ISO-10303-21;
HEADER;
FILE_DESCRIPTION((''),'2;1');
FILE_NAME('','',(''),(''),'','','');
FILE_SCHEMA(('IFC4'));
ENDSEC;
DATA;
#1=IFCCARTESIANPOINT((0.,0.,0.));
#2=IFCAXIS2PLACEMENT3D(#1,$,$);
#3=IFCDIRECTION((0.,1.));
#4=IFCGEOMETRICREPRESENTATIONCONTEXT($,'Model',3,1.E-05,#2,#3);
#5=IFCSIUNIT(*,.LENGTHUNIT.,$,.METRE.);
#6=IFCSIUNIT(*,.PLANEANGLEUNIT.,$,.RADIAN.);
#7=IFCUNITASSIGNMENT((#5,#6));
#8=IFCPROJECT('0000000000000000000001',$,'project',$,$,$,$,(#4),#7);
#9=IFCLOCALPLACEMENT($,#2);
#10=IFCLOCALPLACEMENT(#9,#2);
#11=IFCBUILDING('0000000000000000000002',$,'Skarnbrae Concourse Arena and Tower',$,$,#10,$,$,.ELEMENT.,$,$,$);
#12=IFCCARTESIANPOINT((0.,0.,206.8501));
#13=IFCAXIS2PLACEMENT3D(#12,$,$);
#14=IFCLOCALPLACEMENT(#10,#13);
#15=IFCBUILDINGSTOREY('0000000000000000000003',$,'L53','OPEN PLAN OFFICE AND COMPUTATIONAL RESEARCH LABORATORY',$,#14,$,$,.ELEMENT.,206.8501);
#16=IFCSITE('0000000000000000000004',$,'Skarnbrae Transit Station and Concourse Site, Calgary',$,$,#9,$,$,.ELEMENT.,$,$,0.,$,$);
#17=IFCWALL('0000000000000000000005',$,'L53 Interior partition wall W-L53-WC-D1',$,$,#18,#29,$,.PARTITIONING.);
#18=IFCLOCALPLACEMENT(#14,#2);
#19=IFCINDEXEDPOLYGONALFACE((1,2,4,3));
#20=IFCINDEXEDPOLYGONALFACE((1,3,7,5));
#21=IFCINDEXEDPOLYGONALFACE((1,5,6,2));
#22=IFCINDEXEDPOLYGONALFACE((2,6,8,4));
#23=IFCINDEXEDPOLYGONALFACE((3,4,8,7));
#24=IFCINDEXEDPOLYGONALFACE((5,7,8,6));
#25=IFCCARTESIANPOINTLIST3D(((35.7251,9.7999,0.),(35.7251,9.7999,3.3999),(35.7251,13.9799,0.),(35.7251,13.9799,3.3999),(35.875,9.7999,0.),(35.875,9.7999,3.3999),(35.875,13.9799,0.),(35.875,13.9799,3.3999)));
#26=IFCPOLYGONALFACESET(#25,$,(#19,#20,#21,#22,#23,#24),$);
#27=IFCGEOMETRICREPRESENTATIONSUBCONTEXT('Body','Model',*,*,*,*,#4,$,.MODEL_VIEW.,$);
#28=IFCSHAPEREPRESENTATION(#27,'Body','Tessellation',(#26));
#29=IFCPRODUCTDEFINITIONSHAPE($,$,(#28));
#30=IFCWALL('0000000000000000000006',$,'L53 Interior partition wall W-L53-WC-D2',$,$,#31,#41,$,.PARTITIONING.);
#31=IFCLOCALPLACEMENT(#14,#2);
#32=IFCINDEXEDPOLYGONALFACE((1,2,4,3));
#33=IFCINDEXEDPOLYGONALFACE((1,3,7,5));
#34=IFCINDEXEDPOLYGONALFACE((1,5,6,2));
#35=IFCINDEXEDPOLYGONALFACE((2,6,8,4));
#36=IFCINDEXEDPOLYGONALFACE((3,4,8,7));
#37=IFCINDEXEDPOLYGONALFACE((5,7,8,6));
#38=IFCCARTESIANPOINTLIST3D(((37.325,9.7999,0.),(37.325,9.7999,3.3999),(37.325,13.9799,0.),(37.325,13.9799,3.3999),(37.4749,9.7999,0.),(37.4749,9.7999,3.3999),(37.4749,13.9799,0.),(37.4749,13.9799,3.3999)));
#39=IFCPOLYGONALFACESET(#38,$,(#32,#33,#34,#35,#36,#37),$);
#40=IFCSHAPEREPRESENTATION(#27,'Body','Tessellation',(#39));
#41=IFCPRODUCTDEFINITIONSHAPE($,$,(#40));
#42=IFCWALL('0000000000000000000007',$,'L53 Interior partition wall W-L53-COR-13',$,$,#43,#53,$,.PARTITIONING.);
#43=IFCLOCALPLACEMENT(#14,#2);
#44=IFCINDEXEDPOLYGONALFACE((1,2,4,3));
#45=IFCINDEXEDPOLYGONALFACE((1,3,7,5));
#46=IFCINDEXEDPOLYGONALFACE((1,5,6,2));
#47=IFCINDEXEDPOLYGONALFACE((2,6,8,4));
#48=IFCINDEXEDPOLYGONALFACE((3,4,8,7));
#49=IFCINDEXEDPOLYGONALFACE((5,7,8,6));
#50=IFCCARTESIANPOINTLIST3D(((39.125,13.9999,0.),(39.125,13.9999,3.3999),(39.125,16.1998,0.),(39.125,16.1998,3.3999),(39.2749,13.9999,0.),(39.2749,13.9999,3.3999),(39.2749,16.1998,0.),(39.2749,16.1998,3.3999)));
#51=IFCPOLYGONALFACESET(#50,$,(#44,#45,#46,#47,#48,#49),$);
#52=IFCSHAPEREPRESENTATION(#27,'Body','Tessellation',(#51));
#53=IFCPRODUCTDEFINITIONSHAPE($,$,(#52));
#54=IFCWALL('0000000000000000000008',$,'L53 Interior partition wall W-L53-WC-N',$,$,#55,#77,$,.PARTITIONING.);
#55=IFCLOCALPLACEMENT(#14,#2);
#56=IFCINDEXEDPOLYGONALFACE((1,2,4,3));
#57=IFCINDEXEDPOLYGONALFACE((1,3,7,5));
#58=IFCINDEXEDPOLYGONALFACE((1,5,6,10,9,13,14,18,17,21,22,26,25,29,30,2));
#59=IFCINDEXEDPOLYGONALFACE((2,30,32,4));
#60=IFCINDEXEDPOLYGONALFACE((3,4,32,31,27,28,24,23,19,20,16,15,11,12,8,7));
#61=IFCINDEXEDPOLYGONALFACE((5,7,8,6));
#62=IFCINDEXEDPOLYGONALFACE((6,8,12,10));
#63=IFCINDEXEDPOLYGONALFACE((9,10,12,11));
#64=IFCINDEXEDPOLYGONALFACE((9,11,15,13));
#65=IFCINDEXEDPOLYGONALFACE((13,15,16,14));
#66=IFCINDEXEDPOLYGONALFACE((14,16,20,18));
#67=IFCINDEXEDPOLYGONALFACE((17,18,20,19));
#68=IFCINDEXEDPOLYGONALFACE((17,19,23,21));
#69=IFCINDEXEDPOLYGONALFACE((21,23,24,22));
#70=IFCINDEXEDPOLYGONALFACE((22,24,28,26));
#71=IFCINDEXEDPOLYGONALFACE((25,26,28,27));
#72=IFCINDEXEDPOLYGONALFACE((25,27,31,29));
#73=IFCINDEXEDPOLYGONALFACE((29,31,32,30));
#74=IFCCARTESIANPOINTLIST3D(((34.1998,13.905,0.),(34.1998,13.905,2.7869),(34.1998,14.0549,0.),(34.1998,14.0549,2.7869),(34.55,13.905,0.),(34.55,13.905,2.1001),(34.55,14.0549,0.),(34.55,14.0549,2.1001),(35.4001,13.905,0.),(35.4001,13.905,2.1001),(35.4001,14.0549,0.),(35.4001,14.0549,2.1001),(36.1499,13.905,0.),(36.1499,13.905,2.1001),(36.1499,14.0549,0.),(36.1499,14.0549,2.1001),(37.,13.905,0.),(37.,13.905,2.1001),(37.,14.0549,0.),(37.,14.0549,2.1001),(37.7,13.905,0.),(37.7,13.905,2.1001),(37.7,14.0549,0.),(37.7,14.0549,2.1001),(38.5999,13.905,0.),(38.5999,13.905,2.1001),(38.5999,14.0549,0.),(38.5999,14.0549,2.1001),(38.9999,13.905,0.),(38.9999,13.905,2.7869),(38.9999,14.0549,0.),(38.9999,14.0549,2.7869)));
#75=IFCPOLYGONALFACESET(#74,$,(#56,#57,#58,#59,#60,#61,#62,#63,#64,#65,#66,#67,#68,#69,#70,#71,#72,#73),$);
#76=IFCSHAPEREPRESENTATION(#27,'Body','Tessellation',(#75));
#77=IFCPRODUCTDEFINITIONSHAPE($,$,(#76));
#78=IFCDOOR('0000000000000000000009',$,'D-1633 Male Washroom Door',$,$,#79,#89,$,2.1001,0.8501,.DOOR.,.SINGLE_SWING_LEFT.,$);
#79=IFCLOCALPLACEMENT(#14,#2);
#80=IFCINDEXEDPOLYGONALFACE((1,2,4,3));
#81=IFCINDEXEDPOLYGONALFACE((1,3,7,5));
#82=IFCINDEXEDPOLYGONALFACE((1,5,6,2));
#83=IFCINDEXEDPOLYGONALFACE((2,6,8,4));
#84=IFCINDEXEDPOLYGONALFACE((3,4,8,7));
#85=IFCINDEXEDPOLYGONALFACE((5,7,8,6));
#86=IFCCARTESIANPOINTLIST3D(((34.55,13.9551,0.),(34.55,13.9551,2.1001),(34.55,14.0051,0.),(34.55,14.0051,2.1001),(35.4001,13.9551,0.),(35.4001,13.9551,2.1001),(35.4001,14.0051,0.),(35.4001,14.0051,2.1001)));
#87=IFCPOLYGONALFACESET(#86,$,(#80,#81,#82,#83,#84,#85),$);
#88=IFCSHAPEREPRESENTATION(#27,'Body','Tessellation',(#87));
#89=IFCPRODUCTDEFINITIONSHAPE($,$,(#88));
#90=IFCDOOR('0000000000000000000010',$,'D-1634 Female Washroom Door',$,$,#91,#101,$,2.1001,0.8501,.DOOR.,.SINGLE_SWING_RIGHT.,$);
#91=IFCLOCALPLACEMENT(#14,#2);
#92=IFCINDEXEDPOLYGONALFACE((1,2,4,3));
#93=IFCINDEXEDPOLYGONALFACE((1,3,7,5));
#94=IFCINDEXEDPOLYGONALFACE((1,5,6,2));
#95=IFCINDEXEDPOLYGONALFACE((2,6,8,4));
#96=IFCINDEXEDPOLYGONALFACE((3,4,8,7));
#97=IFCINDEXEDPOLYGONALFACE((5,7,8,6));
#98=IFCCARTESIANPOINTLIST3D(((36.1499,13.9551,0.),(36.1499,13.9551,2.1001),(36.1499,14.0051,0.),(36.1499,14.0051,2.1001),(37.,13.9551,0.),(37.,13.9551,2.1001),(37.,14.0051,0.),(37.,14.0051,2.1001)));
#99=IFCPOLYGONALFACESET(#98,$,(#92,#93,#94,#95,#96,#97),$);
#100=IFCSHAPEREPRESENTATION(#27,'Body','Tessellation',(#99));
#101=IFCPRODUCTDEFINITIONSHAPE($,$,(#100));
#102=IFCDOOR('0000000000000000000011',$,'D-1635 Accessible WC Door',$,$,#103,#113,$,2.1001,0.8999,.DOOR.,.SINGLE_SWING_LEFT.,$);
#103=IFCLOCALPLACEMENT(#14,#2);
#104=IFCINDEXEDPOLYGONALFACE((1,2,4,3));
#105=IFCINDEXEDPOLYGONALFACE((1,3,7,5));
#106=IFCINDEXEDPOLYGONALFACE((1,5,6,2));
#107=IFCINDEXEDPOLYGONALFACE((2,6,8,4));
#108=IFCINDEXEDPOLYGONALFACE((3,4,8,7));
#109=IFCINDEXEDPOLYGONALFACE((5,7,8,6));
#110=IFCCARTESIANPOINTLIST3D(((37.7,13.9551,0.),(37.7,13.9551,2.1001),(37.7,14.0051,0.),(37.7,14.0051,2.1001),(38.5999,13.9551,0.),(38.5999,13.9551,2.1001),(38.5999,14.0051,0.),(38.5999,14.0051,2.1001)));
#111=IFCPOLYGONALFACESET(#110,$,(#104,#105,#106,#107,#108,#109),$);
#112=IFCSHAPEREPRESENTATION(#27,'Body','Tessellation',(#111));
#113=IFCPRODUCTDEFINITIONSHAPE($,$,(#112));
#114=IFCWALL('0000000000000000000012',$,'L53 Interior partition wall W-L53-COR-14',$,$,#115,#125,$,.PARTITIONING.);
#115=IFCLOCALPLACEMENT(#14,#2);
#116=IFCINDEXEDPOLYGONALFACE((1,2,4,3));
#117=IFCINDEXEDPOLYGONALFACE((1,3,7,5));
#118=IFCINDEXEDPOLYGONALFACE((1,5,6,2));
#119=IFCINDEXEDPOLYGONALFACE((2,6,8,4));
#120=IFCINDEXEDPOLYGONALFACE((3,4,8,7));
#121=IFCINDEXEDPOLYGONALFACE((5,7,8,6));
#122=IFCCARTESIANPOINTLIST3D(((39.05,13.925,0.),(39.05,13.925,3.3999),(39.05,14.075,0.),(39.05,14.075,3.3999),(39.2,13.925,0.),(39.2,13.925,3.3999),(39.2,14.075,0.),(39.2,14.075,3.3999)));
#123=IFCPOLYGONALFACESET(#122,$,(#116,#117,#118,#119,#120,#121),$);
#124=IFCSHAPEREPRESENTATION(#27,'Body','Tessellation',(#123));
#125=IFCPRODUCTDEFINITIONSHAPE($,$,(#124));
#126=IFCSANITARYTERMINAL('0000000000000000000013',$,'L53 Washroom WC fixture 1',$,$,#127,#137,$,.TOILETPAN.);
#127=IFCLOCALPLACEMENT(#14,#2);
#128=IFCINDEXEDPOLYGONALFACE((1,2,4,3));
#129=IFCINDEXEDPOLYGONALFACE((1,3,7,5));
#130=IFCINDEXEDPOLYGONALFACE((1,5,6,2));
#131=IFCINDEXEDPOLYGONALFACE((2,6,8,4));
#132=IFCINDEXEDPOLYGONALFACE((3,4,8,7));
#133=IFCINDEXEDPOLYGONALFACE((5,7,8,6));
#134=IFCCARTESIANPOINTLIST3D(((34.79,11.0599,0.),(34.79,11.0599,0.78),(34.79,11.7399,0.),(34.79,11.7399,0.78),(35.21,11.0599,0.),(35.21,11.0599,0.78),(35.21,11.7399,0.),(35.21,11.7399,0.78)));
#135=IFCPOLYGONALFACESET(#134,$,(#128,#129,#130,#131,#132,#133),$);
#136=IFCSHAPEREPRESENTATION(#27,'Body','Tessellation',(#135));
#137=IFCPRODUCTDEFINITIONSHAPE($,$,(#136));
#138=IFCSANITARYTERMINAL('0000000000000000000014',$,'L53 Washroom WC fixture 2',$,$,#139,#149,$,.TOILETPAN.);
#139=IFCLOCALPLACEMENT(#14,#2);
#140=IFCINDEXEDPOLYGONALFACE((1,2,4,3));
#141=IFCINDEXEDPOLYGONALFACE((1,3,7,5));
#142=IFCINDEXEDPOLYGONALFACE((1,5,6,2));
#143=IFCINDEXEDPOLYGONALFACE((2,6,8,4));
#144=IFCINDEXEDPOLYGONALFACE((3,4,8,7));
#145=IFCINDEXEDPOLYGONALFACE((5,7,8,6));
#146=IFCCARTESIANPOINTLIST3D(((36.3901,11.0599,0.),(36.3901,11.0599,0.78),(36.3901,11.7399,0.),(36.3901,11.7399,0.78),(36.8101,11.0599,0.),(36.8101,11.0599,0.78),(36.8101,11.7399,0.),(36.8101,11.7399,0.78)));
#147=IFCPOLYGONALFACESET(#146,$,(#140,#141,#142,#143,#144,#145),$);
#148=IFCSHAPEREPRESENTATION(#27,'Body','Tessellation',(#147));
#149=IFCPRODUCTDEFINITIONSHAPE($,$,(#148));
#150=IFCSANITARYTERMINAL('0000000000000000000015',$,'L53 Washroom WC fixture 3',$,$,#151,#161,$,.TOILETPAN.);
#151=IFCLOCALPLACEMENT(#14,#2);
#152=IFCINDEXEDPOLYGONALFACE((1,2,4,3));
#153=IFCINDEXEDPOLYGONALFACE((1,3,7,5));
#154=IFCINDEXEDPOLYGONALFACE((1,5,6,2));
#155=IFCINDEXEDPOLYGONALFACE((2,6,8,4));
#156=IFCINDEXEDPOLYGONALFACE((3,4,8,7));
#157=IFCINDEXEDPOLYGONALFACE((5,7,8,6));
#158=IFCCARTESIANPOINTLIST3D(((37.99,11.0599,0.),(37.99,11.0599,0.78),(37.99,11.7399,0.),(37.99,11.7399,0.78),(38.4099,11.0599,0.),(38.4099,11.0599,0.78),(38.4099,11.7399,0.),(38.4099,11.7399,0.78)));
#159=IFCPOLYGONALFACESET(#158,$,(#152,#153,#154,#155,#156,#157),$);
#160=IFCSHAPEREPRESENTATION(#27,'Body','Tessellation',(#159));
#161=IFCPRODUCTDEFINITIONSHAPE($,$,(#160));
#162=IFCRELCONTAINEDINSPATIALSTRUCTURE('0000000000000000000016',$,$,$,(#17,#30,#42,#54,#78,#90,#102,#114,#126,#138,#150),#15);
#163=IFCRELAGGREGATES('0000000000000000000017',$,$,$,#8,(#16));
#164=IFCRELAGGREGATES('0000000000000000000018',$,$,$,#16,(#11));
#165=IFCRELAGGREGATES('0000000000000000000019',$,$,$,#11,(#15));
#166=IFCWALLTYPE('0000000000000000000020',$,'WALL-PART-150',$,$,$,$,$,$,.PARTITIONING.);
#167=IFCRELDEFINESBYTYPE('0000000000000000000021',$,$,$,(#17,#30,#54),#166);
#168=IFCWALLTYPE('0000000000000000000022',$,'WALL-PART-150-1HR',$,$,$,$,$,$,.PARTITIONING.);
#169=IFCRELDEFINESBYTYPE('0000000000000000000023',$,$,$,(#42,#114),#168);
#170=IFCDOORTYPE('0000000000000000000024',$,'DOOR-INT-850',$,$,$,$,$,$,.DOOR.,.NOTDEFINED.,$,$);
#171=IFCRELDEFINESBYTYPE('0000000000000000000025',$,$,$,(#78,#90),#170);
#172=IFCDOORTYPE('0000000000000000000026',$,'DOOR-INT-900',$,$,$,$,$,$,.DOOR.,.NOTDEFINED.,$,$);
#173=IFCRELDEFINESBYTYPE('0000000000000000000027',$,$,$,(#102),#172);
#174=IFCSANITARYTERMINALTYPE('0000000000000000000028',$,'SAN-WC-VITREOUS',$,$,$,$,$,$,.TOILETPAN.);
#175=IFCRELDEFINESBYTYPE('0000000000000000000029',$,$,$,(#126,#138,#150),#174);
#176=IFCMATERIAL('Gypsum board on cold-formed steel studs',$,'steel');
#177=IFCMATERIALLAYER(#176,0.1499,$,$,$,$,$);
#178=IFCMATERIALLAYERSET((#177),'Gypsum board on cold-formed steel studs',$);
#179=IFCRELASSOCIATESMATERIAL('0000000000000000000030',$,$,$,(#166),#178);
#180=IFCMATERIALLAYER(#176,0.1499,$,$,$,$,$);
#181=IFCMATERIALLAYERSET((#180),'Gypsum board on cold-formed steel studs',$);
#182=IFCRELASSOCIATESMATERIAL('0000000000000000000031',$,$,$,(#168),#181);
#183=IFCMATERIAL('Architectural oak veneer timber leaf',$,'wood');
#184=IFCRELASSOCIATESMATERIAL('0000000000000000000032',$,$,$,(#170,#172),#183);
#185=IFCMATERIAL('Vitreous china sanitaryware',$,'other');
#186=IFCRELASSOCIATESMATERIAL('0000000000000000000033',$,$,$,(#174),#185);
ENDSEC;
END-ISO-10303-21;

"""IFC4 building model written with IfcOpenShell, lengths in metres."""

from ifc_helpers import new_model, si_unit, direction, frame, frame_2d, origin, origin_2d, place, context, subcontext, project, spatial, rectangle, extrude, source, transform, mapped, material, layer, layer_set, type_object, element, fill, save


model = new_model("IFC4")

# Units and contexts
model_context = context("Model", 3, precision=1e-05, world=origin(), true_north=direction((0.0, 1.0)))
body_context = subcontext(model_context, "Body", "Model", "MODEL_VIEW")
ifc_project = project(units=[si_unit("LENGTHUNIT", "METRE"), si_unit("PLANEANGLEUNIT", "RADIAN")], contexts=[model_context])

# Site, building, storey
site_placement = place(None, origin())
site = spatial("IfcSite", under=ifc_project, at=site_placement, Name="Skarnbrae Transit Station and Concourse Site, Calgary", CompositionType="ELEMENT", RefElevation=0.0)
building_placement = place(site_placement, origin())
building = spatial("IfcBuilding", under=site, at=building_placement, Name="Skarnbrae Concourse Arena and Tower", CompositionType="ELEMENT")
storey_placement = place(building_placement, frame((0.0, 0.0, 206.8501)))
storey = spatial("IfcBuildingStorey", under=building, at=storey_placement, Name="L53", Description="OPEN PLAN OFFICE AND COMPUTATIONAL RESEARCH LABORATORY", CompositionType="ELEMENT", Elevation=206.8501)

# Walls
ifc_material_1 = material(Name="Gypsum board on cold-formed steel studs", Category="steel")
ifc_layer_1 = layer(ifc_material_1, 0.1499)
ifc_layer_set_1 = layer_set([ifc_layer_1], Name="Gypsum board on cold-formed steel studs")
wall_type_1 = type_object("IfcWallType", Name="WALL-PART-150", PredefinedType="PARTITIONING", material=ifc_layer_set_1)
shared_shape_1 = source(origin(), body_context, "Body", "SweptSolid", [
    extrude(rectangle(XDim=4.1799, YDim=0.1499, at=frame_2d((2.0898, 0.0))), origin(), (0.0, 0.0, 1.0), 3.3999),
])
for number, where, z_axis, x_axis, name in (
    (1, (35.8, 9.8, 0.0), (0.0, 0.0, 1.0), (0.0, 1.0, 0.0), "L53 Interior partition wall W-L53-WC-D1"),
    (2, (37.3999, 9.8, 0.0), (0.0, 0.0, 1.0), (0.0, 1.0, 0.0), "L53 Interior partition wall W-L53-WC-D2"),
):
    element("IfcWall", number, at=place(storey_placement, frame(where, z_axis=z_axis, x_axis=x_axis)), inside=storey, type_object=wall_type_1, Name=name, PredefinedType="PARTITIONING", context=body_context, shape_type="MappedRepresentation", body=[
        mapped(shared_shape_1, transform((0.0, 0.0, 0.0))),
    ])
ifc_layer_2 = layer(ifc_material_1, 0.1499)
ifc_layer_set_2 = layer_set([ifc_layer_2], Name="Gypsum board on cold-formed steel studs")
wall_type_2 = type_object("IfcWallType", Name="WALL-PART-150-1HR", PredefinedType="PARTITIONING", material=ifc_layer_set_2)
shared_shape_2 = source(origin(), body_context, "Body", "SweptSolid", [
    extrude(rectangle(XDim=2.2, YDim=0.1499, at=frame_2d((1.1001, 0.0))), origin(), (0.0, 0.0, 1.0), 3.3999),
])
wall_1_placement = place(storey_placement, frame((39.2, 16.2, 0.0), z_axis=(0.0, 0.0, 1.0), x_axis=(0.0, -1.0, 0.0)))
element("IfcWall", 3, at=wall_1_placement, inside=storey, type_object=wall_type_2, Name="L53 Interior partition wall W-L53-COR-13", PredefinedType="PARTITIONING", context=body_context, shape_type="MappedRepresentation", body=[
    mapped(shared_shape_2, transform((0.0, 0.0, 0.0))),
])

# Wall, openings, doors
shared_shape_3 = source(origin(), body_context, "Body", "SweptSolid", [
    extrude(rectangle(XDim=4.8, YDim=0.1499, at=frame_2d((2.3999, 0.0))), origin(), (0.0, 0.0, 1.0), 2.7869),
])
wall_2_placement = place(storey_placement, frame((34.2, 13.98, 0.0), z_axis=(0.0, 0.0, 1.0), x_axis=(1.0, 0.0, 0.0)))
wall_2 = element("IfcWall", 4, at=wall_2_placement, inside=storey, type_object=wall_type_1, Name="L53 Interior partition wall W-L53-WC-N", PredefinedType="PARTITIONING", context=body_context, shape_type="MappedRepresentation", body=[
    mapped(shared_shape_3, transform((0.0, 0.0, 0.0))),
])
opening_1_placement = place(wall_2_placement, frame((0.3501, 0.0, 0.0)))
opening_1 = element("IfcOpeningElement", 5, at=opening_1_placement, cuts=wall_2, PredefinedType="OPENING", context=body_context, shape_type="SweptSolid", body=[
    extrude(rectangle(XDim=0.8501, YDim=2.1001, at=frame_2d((0.425, 1.05))), frame((0.0, 0.085, 0.0), z_axis=(0.0, -1.0, 0.0), x_axis=(1.0, 0.0, 0.0)), (0.0, 0.0, 1.0), 0.1699),
])
opening_2_placement = place(wall_2_placement, frame((1.95, 0.0, 0.0)))
opening_2 = element("IfcOpeningElement", 6, at=opening_2_placement, cuts=wall_2, PredefinedType="OPENING", context=body_context, shape_type="SweptSolid", body=[
    extrude(rectangle(XDim=0.8501, YDim=2.1001, at=frame_2d((0.425, 1.05))), frame((0.0, 0.085, 0.0), z_axis=(0.0, -1.0, 0.0), x_axis=(1.0, 0.0, 0.0)), (0.0, 0.0, 1.0), 0.1699),
])
opening_3_placement = place(wall_2_placement, frame((3.5, 0.0, 0.0)))
opening_3 = element("IfcOpeningElement", 7, at=opening_3_placement, cuts=wall_2, PredefinedType="OPENING", context=body_context, shape_type="SweptSolid", body=[
    extrude(rectangle(XDim=0.8999, YDim=2.1001, at=frame_2d((0.45, 1.05))), frame((0.0, 0.085, 0.0), z_axis=(0.0, -1.0, 0.0), x_axis=(1.0, 0.0, 0.0)), (0.0, 0.0, 1.0), 0.1699),
])
ifc_material_2 = material(Name="Architectural oak veneer timber leaf", Category="wood")
door_type_1 = type_object("IfcDoorType", Name="DOOR-INT-850", OperationType="NOTDEFINED", PredefinedType="DOOR", material=ifc_material_2)
shared_shape_4 = source(origin(), body_context, "Body", "SweptSolid", [
    extrude(rectangle(XDim=0.8501, YDim=2.1001, at=frame_2d((0.425, 1.05))), frame((0.0, 0.0249, 0.0), z_axis=(0.0, -1.0, 0.0), x_axis=(1.0, 0.0, 0.0)), (0.0, 0.0, 1.0), 0.05),
])
door_1_placement = place(opening_1_placement, frame((0.8501, 0.0, 0.0), z_axis=(0.0, 0.0, 1.0), x_axis=(-1.0, 0.0, 0.0)))
door_1 = element("IfcDoor", 8, at=door_1_placement, inside=storey, type_object=door_type_1, Name="D-1633 Male Washroom Door", OperationType="SINGLE_SWING_LEFT", OverallHeight=2.1001, OverallWidth=0.8501, PredefinedType="DOOR", context=body_context, shape_type="MappedRepresentation", body=[
    mapped(shared_shape_4, transform((0.0, 0.0, 0.0))),
])
fill(opening_1, door_1)
door_2_placement = place(opening_2_placement, frame((0.8501, 0.0, 0.0), z_axis=(0.0, 0.0, 1.0), x_axis=(-1.0, 0.0, 0.0)))
door_2 = element("IfcDoor", 9, at=door_2_placement, inside=storey, type_object=door_type_1, Name="D-1634 Female Washroom Door", OperationType="SINGLE_SWING_RIGHT", OverallHeight=2.1001, OverallWidth=0.8501, PredefinedType="DOOR", context=body_context, shape_type="MappedRepresentation", body=[
    mapped(shared_shape_4, transform((0.0, 0.0, 0.0))),
])
fill(opening_2, door_2)
door_type_2 = type_object("IfcDoorType", Name="DOOR-INT-900", OperationType="NOTDEFINED", PredefinedType="DOOR", material=ifc_material_2)
shared_shape_5 = source(origin(), body_context, "Body", "SweptSolid", [
    extrude(rectangle(XDim=0.8999, YDim=2.1001, at=frame_2d((0.45, 1.05))), frame((0.0, 0.0249, 0.0), z_axis=(0.0, -1.0, 0.0), x_axis=(1.0, 0.0, 0.0)), (0.0, 0.0, 1.0), 0.05),
])
door_3_placement = place(opening_3_placement, frame((0.8999, 0.0, 0.0), z_axis=(0.0, 0.0, 1.0), x_axis=(-1.0, 0.0, 0.0)))
door_3 = element("IfcDoor", 10, at=door_3_placement, inside=storey, type_object=door_type_2, Name="D-1635 Accessible WC Door", OperationType="SINGLE_SWING_LEFT", OverallHeight=2.1001, OverallWidth=0.8999, PredefinedType="DOOR", context=body_context, shape_type="MappedRepresentation", body=[
    mapped(shared_shape_5, transform((0.0, 0.0, 0.0))),
])
fill(opening_3, door_3)

# Wall
shared_shape_6 = source(origin(), body_context, "Body", "SweptSolid", [
    extrude(rectangle(XDim=0.1499, YDim=0.1499, at=frame_2d((0.075, 0.0))), origin(), (0.0, 0.0, 1.0), 3.3999),
])
wall_3_placement = place(storey_placement, frame((39.2, 14.0, 0.0), z_axis=(0.0, 0.0, 1.0), x_axis=(-1.0, 0.0, 0.0)))
element("IfcWall", 11, at=wall_3_placement, inside=storey, type_object=wall_type_2, Name="L53 Interior partition wall W-L53-COR-14", PredefinedType="PARTITIONING", context=body_context, shape_type="MappedRepresentation", body=[
    mapped(shared_shape_6, transform((0.0, 0.0, 0.0))),
])

# Sanitary terminals
ifc_material_3 = material(Name="Vitreous china sanitaryware", Category="other")
sanitary_terminal_type = type_object("IfcSanitaryTerminalType", Name="SAN-WC-VITREOUS", PredefinedType="TOILETPAN", material=ifc_material_3)
shared_shape_7 = source(origin(), body_context, "Body", "SweptSolid", [
    extrude(rectangle(XDim=0.4199, YDim=0.6799, at=origin_2d()), origin(), (0.0, 0.0, 1.0), 0.78),
])
for number, where, z_axis, x_axis, name in (
    (12, (35.0, 11.3999, 0.0), (0.0, 0.0, 1.0), (1.0, 0.0, 0.0), "L53 Washroom WC fixture 1"),
    (13, (36.6001, 11.3999, 0.0), (0.0, 0.0, 1.0), (1.0, 0.0, 0.0), "L53 Washroom WC fixture 2"),
    (14, (38.2, 11.3999, 0.0), (0.0, 0.0, 1.0), (1.0, 0.0, 0.0), "L53 Washroom WC fixture 3"),
):
    element("IfcSanitaryTerminal", number, at=place(storey_placement, frame(where, z_axis=z_axis, x_axis=x_axis)), inside=storey, type_object=sanitary_terminal_type, Name=name, PredefinedType="TOILETPAN", context=body_context, shape_type="MappedRepresentation", body=[
        mapped(shared_shape_7, transform((0.0, 0.0, 0.0))),
    ])

save(model, "model.ifc")
